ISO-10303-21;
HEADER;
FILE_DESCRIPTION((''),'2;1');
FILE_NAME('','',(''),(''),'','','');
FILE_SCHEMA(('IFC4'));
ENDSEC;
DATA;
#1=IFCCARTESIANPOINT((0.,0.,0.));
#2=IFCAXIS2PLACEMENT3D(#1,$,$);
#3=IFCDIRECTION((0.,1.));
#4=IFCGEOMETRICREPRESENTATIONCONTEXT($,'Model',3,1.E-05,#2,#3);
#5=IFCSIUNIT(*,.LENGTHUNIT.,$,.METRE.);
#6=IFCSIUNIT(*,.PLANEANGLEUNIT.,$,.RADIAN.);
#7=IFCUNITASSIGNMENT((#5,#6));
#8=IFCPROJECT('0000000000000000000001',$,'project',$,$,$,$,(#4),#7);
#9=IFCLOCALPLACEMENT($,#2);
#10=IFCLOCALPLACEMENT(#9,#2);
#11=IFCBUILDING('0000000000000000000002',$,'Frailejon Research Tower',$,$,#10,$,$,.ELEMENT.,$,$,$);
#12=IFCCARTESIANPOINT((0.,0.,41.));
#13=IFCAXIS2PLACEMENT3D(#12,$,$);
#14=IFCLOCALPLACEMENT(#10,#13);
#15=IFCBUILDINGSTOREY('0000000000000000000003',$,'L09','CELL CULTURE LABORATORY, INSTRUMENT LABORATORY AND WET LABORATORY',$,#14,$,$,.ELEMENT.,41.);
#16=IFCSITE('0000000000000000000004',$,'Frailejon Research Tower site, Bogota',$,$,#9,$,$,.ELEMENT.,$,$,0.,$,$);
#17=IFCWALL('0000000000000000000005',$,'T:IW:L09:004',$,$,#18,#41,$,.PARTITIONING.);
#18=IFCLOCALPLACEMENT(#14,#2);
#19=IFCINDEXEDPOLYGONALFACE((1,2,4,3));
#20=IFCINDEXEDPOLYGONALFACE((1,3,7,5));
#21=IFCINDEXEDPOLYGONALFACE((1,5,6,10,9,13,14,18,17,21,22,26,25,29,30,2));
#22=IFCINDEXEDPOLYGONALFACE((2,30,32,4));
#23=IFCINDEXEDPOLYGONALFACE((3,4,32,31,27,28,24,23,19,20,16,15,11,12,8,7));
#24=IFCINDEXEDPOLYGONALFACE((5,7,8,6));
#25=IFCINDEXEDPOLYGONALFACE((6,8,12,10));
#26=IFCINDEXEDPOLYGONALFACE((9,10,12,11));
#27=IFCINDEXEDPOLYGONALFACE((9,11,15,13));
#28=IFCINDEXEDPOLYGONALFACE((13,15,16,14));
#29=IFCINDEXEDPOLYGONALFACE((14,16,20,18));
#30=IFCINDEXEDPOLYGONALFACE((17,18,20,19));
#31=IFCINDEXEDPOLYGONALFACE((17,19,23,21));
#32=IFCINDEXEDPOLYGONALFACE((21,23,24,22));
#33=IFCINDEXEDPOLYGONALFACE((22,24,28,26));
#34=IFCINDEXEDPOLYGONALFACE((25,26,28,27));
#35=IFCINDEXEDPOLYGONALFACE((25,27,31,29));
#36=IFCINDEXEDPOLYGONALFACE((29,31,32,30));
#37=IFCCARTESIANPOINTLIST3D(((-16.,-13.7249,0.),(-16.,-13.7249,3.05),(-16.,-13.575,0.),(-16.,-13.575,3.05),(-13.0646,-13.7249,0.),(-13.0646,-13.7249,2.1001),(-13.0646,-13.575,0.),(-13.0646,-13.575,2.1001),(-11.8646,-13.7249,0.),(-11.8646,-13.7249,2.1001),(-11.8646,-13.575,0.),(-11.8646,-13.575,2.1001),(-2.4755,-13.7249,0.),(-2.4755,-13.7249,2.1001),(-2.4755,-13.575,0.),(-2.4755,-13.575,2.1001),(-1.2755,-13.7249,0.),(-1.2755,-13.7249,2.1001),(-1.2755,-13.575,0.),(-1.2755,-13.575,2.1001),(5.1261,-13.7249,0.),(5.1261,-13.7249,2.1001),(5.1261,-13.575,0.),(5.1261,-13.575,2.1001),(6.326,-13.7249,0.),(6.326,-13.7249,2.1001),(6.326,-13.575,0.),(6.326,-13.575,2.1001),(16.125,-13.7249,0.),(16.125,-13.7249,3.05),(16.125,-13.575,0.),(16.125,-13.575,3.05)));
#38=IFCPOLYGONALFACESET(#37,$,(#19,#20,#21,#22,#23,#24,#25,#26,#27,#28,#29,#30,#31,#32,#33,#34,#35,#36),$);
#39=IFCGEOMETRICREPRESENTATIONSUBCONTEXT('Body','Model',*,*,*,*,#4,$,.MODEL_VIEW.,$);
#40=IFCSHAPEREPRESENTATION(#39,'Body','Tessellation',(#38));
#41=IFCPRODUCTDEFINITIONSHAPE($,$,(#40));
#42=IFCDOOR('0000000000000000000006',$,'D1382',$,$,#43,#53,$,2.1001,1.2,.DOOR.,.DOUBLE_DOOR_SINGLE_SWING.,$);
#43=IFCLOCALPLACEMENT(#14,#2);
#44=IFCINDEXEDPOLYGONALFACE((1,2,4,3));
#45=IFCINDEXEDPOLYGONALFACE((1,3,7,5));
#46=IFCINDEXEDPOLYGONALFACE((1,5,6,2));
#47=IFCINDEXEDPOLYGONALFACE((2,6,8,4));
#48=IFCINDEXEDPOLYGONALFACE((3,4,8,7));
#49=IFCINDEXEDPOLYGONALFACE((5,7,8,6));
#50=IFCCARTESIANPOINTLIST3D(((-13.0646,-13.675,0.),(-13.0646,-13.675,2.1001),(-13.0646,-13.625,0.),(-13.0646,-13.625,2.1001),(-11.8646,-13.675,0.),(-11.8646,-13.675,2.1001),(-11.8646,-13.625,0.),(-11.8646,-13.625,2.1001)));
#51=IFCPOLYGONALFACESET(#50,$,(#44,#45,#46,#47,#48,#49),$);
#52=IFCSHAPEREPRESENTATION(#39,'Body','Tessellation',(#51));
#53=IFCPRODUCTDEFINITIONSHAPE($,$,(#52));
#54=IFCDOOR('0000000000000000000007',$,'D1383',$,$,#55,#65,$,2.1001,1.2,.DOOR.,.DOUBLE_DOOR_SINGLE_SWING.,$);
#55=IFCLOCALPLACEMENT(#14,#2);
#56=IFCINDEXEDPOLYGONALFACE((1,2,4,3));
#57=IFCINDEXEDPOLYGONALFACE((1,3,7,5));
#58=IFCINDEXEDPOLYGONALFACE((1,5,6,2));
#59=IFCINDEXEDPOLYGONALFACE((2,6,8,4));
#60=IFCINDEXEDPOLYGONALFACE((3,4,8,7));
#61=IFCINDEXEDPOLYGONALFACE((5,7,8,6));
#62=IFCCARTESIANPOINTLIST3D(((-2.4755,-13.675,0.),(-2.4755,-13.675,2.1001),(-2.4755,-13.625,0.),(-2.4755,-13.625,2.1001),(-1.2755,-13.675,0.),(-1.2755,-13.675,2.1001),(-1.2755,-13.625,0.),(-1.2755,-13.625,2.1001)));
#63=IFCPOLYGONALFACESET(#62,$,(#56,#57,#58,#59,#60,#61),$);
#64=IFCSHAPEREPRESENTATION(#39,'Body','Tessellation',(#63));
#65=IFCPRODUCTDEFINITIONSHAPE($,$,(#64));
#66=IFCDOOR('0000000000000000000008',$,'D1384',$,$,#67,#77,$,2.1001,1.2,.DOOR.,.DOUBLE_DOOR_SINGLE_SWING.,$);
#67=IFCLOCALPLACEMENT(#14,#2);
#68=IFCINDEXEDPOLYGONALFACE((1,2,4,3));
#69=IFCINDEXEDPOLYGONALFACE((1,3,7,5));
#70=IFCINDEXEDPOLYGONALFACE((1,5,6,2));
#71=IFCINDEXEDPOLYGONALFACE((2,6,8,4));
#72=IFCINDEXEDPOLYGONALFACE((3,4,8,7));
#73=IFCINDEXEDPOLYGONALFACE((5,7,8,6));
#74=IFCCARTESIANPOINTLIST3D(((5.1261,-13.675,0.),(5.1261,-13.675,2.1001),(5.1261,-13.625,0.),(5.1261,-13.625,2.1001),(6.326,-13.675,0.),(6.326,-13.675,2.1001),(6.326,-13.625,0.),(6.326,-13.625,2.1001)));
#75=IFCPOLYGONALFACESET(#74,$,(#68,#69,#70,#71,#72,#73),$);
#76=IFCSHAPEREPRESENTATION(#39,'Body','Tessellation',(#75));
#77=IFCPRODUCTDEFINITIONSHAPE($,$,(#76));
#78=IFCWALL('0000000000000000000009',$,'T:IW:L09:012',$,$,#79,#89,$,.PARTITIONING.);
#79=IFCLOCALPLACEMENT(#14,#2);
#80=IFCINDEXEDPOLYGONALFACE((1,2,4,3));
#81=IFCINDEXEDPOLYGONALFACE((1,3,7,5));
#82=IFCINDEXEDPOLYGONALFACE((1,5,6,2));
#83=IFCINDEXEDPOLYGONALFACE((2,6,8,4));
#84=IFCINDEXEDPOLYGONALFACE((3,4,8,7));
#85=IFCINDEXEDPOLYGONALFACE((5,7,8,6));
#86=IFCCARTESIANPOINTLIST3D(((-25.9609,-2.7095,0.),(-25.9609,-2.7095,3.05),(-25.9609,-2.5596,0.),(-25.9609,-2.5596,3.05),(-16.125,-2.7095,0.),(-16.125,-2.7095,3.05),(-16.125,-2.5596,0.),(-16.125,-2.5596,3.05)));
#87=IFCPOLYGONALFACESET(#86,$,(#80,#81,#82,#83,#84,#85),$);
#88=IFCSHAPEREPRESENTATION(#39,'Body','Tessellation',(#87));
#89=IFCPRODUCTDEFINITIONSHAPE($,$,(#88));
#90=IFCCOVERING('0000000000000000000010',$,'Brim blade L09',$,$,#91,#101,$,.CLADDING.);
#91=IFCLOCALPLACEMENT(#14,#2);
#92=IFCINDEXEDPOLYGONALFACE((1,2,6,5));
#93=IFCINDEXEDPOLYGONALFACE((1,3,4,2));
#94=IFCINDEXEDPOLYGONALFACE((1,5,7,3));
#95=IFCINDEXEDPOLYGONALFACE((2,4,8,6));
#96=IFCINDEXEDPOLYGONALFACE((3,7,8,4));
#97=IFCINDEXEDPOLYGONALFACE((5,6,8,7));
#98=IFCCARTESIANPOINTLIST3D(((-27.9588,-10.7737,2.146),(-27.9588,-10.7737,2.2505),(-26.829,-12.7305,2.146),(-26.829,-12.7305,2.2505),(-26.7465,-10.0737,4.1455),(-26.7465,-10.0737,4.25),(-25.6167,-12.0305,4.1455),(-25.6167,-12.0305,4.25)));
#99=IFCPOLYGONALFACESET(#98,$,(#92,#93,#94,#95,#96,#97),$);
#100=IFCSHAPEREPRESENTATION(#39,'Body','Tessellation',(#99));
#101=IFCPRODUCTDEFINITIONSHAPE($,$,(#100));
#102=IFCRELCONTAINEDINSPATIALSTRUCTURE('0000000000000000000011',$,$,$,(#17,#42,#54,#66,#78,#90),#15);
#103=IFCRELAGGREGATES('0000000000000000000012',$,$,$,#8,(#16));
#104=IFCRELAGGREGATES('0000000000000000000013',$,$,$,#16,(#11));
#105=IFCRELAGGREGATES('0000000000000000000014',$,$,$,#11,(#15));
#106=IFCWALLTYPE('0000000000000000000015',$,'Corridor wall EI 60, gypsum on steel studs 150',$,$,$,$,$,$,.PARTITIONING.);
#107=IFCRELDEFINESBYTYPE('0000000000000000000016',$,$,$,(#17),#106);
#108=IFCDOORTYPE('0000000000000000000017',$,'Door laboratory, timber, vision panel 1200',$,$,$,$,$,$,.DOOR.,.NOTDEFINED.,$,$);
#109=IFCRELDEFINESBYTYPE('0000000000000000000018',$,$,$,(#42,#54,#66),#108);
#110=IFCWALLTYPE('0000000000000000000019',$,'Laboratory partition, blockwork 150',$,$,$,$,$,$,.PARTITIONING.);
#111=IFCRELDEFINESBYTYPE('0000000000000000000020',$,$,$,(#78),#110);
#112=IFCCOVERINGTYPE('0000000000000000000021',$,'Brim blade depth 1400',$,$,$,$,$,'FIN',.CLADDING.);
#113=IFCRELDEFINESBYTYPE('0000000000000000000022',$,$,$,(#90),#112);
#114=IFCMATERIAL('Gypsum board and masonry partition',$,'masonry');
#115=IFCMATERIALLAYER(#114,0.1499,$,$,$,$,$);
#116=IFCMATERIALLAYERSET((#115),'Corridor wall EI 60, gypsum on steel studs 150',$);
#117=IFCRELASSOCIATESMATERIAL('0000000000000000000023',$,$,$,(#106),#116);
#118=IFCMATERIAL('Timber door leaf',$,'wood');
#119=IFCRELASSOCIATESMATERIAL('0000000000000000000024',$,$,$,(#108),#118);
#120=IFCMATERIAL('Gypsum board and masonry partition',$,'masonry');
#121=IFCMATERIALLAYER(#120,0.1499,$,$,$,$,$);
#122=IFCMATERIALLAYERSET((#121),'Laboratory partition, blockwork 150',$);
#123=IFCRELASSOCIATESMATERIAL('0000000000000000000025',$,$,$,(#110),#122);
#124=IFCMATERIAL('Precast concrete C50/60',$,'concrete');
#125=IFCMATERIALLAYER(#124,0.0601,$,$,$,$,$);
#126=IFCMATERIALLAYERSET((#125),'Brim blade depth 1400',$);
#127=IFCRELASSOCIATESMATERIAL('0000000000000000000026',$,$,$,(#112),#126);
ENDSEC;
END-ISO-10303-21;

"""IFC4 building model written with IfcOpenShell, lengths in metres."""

from ifc_helpers import new_model, si_unit, direction, frame, frame_2d, origin, place, context, subcontext, project, spatial, polyline, rectangle, outline, extrude, material, layer, layer_set, type_object, element, fill, save


model = new_model("IFC4")

# Units and contexts
model_context = context("Model", 3, precision=1e-05, world=origin(), true_north=direction((0.0, 1.0)))
body_context = subcontext(model_context, "Body", "Model", "MODEL_VIEW")
ifc_project = project(units=[si_unit("LENGTHUNIT", "METRE"), si_unit("PLANEANGLEUNIT", "RADIAN")], contexts=[model_context])

# Site, building, storey
site_placement = place(None, origin())
site = spatial("IfcSite", under=ifc_project, at=site_placement, Name="Frailejon Research Tower site, Bogota", CompositionType="ELEMENT", RefElevation=0.0)
building_placement = place(site_placement, origin())
building = spatial("IfcBuilding", under=site, at=building_placement, Name="Frailejon Research Tower", CompositionType="ELEMENT")
storey_placement = place(building_placement, frame((0.0, 0.0, 41.0)))
storey = spatial("IfcBuildingStorey", under=building, at=storey_placement, Name="L09", Description="CELL CULTURE LABORATORY, INSTRUMENT LABORATORY AND WET LABORATORY", CompositionType="ELEMENT", Elevation=41.0)

# Wall, openings, doors
ifc_material_1 = material(Name="Gypsum board and masonry partition", Category="masonry")
ifc_layer_1 = layer(ifc_material_1, 0.1499)
ifc_layer_set_1 = layer_set([ifc_layer_1], Name="Corridor wall EI 60, gypsum on steel studs 150")
wall_type_1 = type_object("IfcWallType", Name="Corridor wall EI 60, gypsum on steel studs 150", PredefinedType="PARTITIONING", material=ifc_layer_set_1)
ifc_material_2 = material(Name="Timber door leaf", Category="wood")
door_type_1 = type_object("IfcDoorType", Name="Door laboratory, timber, vision panel 1200", OperationType="NOTDEFINED", PredefinedType="DOOR", material=ifc_material_2)
wall_1_placement = place(storey_placement, frame((-16.0, -13.6499, 0.0), z_axis=(0.0, 0.0, 1.0), x_axis=(1.0, 0.0, 0.0)))
wall_1 = element("IfcWall", 1, at=wall_1_placement, inside=storey, type_object=wall_type_1, Name="T:IW:L09:004", PredefinedType="PARTITIONING", context=body_context, shape_type="SweptSolid", body=[
    extrude(rectangle(XDim=32.125, YDim=0.1499, at=frame_2d((16.0625, 0.0))), origin(), (0.0, 0.0, 1.0), 3.05),
])
opening_1_placement = place(wall_1_placement, frame((2.9353, 0.0, 0.0)))
opening_1 = element("IfcOpeningElement", 2, at=opening_1_placement, cuts=wall_1, PredefinedType="OPENING", context=body_context, shape_type="SweptSolid", body=[
    extrude(rectangle(XDim=1.2, YDim=2.1001, at=frame_2d((0.6001, 1.05))), frame((0.0, 0.085, 0.0), z_axis=(0.0, -1.0, 0.0), x_axis=(1.0, 0.0, 0.0)), (0.0, 0.0, 1.0), 0.1699),
])
opening_2_placement = place(wall_1_placement, frame((13.5244, 0.0, 0.0)))
opening_2 = element("IfcOpeningElement", 3, at=opening_2_placement, cuts=wall_1, PredefinedType="OPENING", context=body_context, shape_type="SweptSolid", body=[
    extrude(rectangle(XDim=1.2, YDim=2.1001, at=frame_2d((0.6001, 1.05))), frame((0.0, 0.085, 0.0), z_axis=(0.0, -1.0, 0.0), x_axis=(1.0, 0.0, 0.0)), (0.0, 0.0, 1.0), 0.1699),
])
opening_3_placement = place(wall_1_placement, frame((21.126, 0.0, 0.0)))
opening_3 = element("IfcOpeningElement", 4, at=opening_3_placement, cuts=wall_1, PredefinedType="OPENING", context=body_context, shape_type="SweptSolid", body=[
    extrude(rectangle(XDim=1.2, YDim=2.1001, at=frame_2d((0.6001, 1.05))), frame((0.0, 0.085, 0.0), z_axis=(0.0, -1.0, 0.0), x_axis=(1.0, 0.0, 0.0)), (0.0, 0.0, 1.0), 0.1699),
])
door_1_placement = place(opening_1_placement, origin())
door_1 = element("IfcDoor", 5, at=door_1_placement, inside=storey, type_object=door_type_1, Name="D1382", OperationType="DOUBLE_DOOR_SINGLE_SWING", OverallHeight=2.1001, OverallWidth=1.2, PredefinedType="DOOR", context=body_context, shape_type="SweptSolid", body=[
    extrude(rectangle(XDim=1.2, YDim=2.1001, at=frame_2d((0.6001, 1.05))), frame((0.0, 0.0249, 0.0), z_axis=(0.0, -1.0, 0.0), x_axis=(1.0, 0.0, 0.0)), (0.0, 0.0, 1.0), 0.05),
])
fill(opening_1, door_1)
door_2_placement = place(opening_2_placement, origin())
door_2 = element("IfcDoor", 6, at=door_2_placement, inside=storey, type_object=door_type_1, Name="D1383", OperationType="DOUBLE_DOOR_SINGLE_SWING", OverallHeight=2.1001, OverallWidth=1.2, PredefinedType="DOOR", context=body_context, shape_type="SweptSolid", body=[
    extrude(rectangle(XDim=1.2, YDim=2.1001, at=frame_2d((0.6001, 1.05))), frame((0.0, 0.0249, 0.0), z_axis=(0.0, -1.0, 0.0), x_axis=(1.0, 0.0, 0.0)), (0.0, 0.0, 1.0), 0.05),
])
fill(opening_2, door_2)
door_3_placement = place(opening_3_placement, origin())
door_3 = element("IfcDoor", 7, at=door_3_placement, inside=storey, type_object=door_type_1, Name="D1384", OperationType="DOUBLE_DOOR_SINGLE_SWING", OverallHeight=2.1001, OverallWidth=1.2, PredefinedType="DOOR", context=body_context, shape_type="SweptSolid", body=[
    extrude(rectangle(XDim=1.2, YDim=2.1001, at=frame_2d((0.6001, 1.05))), frame((0.0, 0.0249, 0.0), z_axis=(0.0, -1.0, 0.0), x_axis=(1.0, 0.0, 0.0)), (0.0, 0.0, 1.0), 0.05),
])
fill(opening_3, door_3)

# Wall
ifc_material_3 = material(Name="Gypsum board and masonry partition", Category="masonry")
ifc_layer_2 = layer(ifc_material_3, 0.1499)
ifc_layer_set_2 = layer_set([ifc_layer_2], Name="Laboratory partition, blockwork 150")
wall_type_2 = type_object("IfcWallType", Name="Laboratory partition, blockwork 150", PredefinedType="PARTITIONING", material=ifc_layer_set_2)
wall_2_placement = place(storey_placement, frame((-25.9609, -2.6345, 0.0), z_axis=(0.0, 0.0, 1.0), x_axis=(1.0, 0.0, 0.0)))
element("IfcWall", 8, at=wall_2_placement, inside=storey, type_object=wall_type_2, Name="T:IW:L09:012", PredefinedType="PARTITIONING", context=body_context, shape_type="SweptSolid", body=[
    extrude(rectangle(XDim=9.8359, YDim=0.1499, at=frame_2d((4.918, 0.0))), origin(), (0.0, 0.0, 1.0), 3.05),
])

# Covering
ifc_material_4 = material(Name="Precast concrete C50/60", Category="concrete")
ifc_layer_3 = layer(ifc_material_4, 0.0601)
ifc_layer_set_3 = layer_set([ifc_layer_3], Name="Brim blade depth 1400")
covering_type = type_object("IfcCoveringType", Name="Brim blade depth 1400", ElementType="FIN", PredefinedType="CLADDING", material=ifc_layer_set_3)
covering_placement = place(storey_placement, frame((-25.6167, -12.0305, 4.25), z_axis=(-0.500003, 0.866024, 0.0), x_axis=(-0.866024, -0.500003, 0.0)))
element("IfcCovering", 9, at=covering_placement, inside=storey, type_object=covering_type, Name="Brim blade L09", PredefinedType="CLADDING", context=body_context, shape_type="SweptSolid", body=[
    extrude(outline(polyline([(0.0, -0.1045), (1.3999, -2.104), (1.3999, -1.9995), (0.0, 0.0), (0.0, -0.1045)])), origin(), (0.0, 0.0, 1.0), 2.2595),
])

save(model, "model.ifc")
